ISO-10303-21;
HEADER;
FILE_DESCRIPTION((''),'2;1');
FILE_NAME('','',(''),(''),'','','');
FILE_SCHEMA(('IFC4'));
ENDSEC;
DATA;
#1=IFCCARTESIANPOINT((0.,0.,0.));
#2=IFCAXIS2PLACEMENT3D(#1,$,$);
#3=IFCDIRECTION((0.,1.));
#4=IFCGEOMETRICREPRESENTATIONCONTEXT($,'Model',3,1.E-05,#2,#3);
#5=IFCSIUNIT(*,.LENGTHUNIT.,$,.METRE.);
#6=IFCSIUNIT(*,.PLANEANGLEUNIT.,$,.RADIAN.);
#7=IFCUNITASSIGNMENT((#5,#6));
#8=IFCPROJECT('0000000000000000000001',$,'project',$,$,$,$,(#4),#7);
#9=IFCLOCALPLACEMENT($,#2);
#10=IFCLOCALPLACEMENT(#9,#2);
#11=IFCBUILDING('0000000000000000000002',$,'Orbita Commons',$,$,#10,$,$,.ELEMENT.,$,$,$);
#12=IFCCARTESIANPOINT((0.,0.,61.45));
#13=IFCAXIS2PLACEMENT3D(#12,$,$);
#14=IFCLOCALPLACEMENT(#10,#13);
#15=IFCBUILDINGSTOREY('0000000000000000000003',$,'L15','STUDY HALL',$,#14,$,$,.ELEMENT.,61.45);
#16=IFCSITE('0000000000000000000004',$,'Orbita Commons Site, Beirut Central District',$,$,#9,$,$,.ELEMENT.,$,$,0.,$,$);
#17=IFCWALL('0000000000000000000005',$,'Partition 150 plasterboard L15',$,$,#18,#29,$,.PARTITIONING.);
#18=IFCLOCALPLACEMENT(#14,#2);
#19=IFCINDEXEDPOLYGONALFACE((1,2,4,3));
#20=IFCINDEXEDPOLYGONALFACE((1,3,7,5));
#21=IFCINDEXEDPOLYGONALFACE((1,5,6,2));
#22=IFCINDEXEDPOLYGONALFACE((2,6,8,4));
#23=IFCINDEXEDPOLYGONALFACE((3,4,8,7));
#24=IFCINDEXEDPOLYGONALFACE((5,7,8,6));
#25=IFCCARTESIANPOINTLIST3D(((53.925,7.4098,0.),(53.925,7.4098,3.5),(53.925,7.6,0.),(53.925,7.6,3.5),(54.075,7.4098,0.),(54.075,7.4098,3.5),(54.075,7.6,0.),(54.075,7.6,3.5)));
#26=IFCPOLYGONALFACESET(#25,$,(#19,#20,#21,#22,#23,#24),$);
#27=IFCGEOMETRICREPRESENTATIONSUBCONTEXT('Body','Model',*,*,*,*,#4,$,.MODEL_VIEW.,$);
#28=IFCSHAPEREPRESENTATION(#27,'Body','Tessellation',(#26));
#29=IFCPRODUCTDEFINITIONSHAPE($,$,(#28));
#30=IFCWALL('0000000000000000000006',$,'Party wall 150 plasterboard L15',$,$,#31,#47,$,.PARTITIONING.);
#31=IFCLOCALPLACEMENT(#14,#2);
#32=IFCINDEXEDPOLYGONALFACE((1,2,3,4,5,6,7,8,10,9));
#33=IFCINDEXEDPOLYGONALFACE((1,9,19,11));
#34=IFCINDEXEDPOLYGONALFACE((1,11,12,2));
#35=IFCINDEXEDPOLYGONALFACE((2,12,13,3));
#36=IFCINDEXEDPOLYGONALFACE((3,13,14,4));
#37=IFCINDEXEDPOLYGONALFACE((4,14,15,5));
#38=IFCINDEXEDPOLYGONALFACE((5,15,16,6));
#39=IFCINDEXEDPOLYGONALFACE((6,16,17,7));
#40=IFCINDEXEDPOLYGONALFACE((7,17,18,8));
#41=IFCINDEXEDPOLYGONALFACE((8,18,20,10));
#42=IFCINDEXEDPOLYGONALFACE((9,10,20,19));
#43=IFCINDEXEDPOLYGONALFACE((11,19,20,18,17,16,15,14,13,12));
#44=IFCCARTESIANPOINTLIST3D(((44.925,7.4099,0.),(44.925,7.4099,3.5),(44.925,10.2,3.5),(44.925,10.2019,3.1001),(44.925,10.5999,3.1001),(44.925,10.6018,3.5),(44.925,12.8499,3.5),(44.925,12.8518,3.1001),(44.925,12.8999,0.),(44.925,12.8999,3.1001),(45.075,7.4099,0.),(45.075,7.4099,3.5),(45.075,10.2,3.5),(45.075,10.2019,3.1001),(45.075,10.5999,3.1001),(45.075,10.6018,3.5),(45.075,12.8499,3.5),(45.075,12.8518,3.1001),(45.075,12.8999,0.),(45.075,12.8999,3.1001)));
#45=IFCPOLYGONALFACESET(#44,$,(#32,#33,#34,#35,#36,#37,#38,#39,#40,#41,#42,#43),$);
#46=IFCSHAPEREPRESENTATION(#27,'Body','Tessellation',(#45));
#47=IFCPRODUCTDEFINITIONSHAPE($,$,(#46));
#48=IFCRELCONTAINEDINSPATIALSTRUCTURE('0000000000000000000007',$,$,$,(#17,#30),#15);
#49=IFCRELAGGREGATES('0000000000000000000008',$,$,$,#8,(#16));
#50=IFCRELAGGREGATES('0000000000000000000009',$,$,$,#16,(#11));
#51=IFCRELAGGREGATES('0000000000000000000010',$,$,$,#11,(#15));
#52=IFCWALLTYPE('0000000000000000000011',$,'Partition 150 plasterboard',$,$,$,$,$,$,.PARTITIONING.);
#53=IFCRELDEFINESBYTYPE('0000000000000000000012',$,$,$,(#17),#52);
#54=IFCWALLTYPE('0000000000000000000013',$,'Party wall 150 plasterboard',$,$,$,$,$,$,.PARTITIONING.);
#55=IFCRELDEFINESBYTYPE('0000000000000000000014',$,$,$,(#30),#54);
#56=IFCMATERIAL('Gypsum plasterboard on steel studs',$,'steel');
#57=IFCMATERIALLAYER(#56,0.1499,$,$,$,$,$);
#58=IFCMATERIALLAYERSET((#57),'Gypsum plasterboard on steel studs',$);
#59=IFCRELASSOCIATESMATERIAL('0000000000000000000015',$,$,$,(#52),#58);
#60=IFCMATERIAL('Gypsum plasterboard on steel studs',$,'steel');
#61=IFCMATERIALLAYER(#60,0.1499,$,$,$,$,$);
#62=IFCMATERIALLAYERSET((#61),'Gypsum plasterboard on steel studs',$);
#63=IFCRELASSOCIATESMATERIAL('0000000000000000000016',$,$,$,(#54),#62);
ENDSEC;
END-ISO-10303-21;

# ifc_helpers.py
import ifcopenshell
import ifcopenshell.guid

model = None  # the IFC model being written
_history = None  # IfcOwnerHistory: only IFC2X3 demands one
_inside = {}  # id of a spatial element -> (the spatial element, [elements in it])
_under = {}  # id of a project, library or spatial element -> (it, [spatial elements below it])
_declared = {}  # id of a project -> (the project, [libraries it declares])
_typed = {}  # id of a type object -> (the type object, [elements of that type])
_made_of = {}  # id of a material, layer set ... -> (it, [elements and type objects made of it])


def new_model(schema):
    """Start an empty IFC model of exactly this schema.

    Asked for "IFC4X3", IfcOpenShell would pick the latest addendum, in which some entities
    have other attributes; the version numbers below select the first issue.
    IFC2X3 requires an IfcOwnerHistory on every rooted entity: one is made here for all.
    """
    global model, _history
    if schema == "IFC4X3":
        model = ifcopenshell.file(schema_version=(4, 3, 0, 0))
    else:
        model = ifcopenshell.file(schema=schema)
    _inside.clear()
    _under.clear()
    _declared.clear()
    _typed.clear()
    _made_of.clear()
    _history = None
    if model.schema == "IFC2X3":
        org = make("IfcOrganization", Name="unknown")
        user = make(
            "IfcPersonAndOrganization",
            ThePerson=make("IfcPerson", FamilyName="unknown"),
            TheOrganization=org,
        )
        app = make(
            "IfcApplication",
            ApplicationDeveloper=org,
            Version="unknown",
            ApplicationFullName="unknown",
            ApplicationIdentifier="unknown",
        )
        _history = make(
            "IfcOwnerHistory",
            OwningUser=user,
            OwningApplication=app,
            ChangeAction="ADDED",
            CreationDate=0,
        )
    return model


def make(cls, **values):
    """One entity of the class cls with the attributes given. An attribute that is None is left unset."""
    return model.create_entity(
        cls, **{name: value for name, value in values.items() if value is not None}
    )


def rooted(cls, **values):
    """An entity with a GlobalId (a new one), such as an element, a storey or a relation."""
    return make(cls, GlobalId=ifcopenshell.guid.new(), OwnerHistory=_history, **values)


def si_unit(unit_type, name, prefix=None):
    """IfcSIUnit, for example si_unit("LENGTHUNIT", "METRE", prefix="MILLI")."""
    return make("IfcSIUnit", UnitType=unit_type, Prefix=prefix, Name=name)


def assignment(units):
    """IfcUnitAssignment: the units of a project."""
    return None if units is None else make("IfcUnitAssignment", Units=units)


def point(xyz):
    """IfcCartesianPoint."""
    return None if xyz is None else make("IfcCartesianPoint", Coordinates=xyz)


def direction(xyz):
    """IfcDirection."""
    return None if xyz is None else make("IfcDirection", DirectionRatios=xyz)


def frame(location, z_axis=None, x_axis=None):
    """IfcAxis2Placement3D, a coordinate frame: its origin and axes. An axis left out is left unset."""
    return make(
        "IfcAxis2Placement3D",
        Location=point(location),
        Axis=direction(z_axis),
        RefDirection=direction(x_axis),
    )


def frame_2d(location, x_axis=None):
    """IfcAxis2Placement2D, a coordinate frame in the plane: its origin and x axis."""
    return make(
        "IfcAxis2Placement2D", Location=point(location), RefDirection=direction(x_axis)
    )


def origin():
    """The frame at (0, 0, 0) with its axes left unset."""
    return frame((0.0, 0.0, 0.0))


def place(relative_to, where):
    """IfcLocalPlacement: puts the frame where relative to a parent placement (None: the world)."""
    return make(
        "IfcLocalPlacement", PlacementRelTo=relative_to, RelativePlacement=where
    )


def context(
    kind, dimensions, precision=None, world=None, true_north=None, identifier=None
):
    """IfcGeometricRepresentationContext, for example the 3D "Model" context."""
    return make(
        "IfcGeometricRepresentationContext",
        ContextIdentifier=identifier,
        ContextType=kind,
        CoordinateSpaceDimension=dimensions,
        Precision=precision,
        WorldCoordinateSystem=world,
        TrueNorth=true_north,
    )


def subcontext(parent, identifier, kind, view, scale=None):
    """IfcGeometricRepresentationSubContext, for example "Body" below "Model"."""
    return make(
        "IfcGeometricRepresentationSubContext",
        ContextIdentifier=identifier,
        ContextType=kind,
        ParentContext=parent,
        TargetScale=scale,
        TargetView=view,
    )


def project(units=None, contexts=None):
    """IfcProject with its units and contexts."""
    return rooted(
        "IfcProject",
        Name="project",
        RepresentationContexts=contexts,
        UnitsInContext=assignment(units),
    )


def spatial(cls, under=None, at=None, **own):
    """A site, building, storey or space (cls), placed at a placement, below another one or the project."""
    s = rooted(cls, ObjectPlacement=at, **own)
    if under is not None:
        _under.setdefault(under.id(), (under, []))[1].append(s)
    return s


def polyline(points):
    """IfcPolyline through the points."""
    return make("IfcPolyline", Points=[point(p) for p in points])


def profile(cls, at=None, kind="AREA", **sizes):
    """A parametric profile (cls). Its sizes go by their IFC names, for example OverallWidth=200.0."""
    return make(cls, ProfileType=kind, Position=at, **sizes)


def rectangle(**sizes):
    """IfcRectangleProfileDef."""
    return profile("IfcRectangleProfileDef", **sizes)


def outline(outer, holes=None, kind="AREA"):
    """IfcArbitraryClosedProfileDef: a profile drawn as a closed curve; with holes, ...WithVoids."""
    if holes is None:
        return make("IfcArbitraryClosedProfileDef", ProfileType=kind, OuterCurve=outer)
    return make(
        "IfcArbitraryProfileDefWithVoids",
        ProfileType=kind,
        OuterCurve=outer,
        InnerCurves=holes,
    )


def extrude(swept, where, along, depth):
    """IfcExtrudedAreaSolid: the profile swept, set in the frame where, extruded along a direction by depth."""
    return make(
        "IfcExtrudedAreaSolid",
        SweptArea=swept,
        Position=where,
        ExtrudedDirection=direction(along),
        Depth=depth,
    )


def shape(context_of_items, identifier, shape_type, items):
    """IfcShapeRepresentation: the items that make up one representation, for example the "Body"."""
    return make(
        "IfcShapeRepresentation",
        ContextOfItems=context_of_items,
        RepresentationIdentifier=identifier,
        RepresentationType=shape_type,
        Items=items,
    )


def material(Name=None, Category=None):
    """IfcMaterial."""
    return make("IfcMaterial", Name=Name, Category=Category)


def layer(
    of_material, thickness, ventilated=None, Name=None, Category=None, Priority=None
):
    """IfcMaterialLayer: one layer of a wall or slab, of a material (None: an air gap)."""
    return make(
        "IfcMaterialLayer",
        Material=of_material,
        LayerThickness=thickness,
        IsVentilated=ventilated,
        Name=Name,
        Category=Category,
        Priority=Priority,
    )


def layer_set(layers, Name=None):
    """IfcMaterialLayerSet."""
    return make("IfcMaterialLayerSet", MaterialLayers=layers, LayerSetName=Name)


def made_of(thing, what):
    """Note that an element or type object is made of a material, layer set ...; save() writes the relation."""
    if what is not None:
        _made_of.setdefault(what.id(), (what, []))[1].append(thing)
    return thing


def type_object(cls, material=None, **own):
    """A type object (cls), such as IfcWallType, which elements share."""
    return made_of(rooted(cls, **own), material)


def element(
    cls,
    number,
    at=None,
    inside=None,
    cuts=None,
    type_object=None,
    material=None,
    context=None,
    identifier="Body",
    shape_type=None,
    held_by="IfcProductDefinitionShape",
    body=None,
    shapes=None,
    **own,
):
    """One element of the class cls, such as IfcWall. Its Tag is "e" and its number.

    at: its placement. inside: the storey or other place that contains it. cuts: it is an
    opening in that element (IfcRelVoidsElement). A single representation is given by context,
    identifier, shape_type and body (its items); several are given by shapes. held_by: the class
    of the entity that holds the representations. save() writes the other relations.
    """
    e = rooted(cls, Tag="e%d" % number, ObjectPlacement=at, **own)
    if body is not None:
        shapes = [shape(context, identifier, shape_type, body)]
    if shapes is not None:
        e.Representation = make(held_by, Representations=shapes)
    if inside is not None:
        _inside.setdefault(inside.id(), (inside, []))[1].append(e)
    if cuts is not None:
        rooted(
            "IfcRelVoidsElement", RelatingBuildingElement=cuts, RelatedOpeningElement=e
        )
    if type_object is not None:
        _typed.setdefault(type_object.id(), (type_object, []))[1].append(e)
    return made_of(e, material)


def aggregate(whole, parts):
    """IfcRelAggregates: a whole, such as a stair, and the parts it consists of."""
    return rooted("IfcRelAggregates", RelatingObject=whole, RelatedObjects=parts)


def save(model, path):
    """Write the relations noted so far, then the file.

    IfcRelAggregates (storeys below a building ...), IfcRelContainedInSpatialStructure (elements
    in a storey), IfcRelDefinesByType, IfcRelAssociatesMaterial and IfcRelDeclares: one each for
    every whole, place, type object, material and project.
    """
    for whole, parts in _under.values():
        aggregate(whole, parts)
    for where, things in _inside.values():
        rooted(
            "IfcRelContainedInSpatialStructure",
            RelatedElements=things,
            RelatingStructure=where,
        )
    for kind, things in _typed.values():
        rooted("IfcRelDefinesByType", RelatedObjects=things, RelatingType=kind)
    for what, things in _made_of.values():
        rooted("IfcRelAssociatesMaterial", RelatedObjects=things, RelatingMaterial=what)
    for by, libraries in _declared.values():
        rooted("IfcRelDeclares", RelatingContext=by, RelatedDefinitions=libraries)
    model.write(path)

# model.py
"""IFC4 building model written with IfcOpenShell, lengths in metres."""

from ifc_helpers import new_model, si_unit, direction, frame, frame_2d, origin, place, context, subcontext, project, spatial, polyline, rectangle, outline, extrude, material, layer, layer_set, type_object, element, save


model = new_model("IFC4")

# Units and contexts
model_context = context("Model", 3, precision=1e-05, world=origin(), true_north=direction((0.0, 1.0)))
body_context = subcontext(model_context, "Body", "Model", "MODEL_VIEW")
ifc_project = project(units=[si_unit("LENGTHUNIT", "METRE"), si_unit("PLANEANGLEUNIT", "RADIAN")], contexts=[model_context])

# Site, building, storey
site_placement = place(None, origin())
site = spatial("IfcSite", under=ifc_project, at=site_placement, Name="Orbita Commons Site, Beirut Central District", CompositionType="ELEMENT", RefElevation=0.0)
building_placement = place(site_placement, origin())
building = spatial("IfcBuilding", under=site, at=building_placement, Name="Orbita Commons", CompositionType="ELEMENT")
storey_placement = place(building_placement, frame((0.0, 0.0, 61.45)))
storey = spatial("IfcBuildingStorey", under=building, at=storey_placement, Name="L15", Description="STUDY HALL", CompositionType="ELEMENT", Elevation=61.45)

# Walls
ifc_material_1 = material(Name="Gypsum plasterboard on steel studs", Category="steel")
ifc_layer_1 = layer(ifc_material_1, 0.1499)
ifc_layer_set_1 = layer_set([ifc_layer_1], Name="Gypsum plasterboard on steel studs")
wall_type_1 = type_object("IfcWallType", Name="Partition 150 plasterboard", PredefinedType="PARTITIONING", material=ifc_layer_set_1)
for number, where, z_axis, x_axis, name in (
    (1, (54.0, 7.6001, 0.0), (0.0, 0.0, 1.0), (0.0, -1.0, 0.0), "Partition 150 plasterboard L15"),
):
    element("IfcWall", number, at=place(storey_placement, frame(where, z_axis=z_axis, x_axis=x_axis)), inside=storey, type_object=wall_type_1, Name=name, PredefinedType="PARTITIONING", context=body_context, shape_type="SweptSolid", body=[
        extrude(rectangle(XDim=0.1902, YDim=0.1499, at=frame_2d((0.0952, 0.0))), origin(), (0.0, 0.0, 1.0), 3.5),
    ])
ifc_material_2 = material(Name="Gypsum plasterboard on steel studs", Category="steel")
ifc_layer_2 = layer(ifc_material_2, 0.1499)
ifc_layer_set_2 = layer_set([ifc_layer_2], Name="Gypsum plasterboard on steel studs")
wall_type_2 = type_object("IfcWallType", Name="Party wall 150 plasterboard", PredefinedType="PARTITIONING", material=ifc_layer_set_2)
wall_1_placement = place(storey_placement, frame((45.0, 7.4099, 0.0), z_axis=(0.0, 0.0, 1.0), x_axis=(0.0, 1.0, 0.0)))
element("IfcWall", 2, at=wall_1_placement, inside=storey, type_object=wall_type_2, Name="Party wall 150 plasterboard L15", PredefinedType="PARTITIONING", context=body_context, shape_type="SweptSolid", body=[
    extrude(outline(polyline([(0.0, 0.0), (5.49, 0.0), (5.49, 3.1001), (5.4419, 3.1001), (5.4399, 3.5), (3.1919, 3.5), (3.1899, 3.1001), (2.792, 3.1001), (2.79, 3.5), (0.0, 3.5), (0.0, 0.0)])), frame((0.0, 0.075, 0.0), z_axis=(0.0, -1.0, 0.0), x_axis=(1.0, 0.0, 0.0)), (0.0, 0.0, 1.0), 0.1499),
])

save(model, "model.ifc")
